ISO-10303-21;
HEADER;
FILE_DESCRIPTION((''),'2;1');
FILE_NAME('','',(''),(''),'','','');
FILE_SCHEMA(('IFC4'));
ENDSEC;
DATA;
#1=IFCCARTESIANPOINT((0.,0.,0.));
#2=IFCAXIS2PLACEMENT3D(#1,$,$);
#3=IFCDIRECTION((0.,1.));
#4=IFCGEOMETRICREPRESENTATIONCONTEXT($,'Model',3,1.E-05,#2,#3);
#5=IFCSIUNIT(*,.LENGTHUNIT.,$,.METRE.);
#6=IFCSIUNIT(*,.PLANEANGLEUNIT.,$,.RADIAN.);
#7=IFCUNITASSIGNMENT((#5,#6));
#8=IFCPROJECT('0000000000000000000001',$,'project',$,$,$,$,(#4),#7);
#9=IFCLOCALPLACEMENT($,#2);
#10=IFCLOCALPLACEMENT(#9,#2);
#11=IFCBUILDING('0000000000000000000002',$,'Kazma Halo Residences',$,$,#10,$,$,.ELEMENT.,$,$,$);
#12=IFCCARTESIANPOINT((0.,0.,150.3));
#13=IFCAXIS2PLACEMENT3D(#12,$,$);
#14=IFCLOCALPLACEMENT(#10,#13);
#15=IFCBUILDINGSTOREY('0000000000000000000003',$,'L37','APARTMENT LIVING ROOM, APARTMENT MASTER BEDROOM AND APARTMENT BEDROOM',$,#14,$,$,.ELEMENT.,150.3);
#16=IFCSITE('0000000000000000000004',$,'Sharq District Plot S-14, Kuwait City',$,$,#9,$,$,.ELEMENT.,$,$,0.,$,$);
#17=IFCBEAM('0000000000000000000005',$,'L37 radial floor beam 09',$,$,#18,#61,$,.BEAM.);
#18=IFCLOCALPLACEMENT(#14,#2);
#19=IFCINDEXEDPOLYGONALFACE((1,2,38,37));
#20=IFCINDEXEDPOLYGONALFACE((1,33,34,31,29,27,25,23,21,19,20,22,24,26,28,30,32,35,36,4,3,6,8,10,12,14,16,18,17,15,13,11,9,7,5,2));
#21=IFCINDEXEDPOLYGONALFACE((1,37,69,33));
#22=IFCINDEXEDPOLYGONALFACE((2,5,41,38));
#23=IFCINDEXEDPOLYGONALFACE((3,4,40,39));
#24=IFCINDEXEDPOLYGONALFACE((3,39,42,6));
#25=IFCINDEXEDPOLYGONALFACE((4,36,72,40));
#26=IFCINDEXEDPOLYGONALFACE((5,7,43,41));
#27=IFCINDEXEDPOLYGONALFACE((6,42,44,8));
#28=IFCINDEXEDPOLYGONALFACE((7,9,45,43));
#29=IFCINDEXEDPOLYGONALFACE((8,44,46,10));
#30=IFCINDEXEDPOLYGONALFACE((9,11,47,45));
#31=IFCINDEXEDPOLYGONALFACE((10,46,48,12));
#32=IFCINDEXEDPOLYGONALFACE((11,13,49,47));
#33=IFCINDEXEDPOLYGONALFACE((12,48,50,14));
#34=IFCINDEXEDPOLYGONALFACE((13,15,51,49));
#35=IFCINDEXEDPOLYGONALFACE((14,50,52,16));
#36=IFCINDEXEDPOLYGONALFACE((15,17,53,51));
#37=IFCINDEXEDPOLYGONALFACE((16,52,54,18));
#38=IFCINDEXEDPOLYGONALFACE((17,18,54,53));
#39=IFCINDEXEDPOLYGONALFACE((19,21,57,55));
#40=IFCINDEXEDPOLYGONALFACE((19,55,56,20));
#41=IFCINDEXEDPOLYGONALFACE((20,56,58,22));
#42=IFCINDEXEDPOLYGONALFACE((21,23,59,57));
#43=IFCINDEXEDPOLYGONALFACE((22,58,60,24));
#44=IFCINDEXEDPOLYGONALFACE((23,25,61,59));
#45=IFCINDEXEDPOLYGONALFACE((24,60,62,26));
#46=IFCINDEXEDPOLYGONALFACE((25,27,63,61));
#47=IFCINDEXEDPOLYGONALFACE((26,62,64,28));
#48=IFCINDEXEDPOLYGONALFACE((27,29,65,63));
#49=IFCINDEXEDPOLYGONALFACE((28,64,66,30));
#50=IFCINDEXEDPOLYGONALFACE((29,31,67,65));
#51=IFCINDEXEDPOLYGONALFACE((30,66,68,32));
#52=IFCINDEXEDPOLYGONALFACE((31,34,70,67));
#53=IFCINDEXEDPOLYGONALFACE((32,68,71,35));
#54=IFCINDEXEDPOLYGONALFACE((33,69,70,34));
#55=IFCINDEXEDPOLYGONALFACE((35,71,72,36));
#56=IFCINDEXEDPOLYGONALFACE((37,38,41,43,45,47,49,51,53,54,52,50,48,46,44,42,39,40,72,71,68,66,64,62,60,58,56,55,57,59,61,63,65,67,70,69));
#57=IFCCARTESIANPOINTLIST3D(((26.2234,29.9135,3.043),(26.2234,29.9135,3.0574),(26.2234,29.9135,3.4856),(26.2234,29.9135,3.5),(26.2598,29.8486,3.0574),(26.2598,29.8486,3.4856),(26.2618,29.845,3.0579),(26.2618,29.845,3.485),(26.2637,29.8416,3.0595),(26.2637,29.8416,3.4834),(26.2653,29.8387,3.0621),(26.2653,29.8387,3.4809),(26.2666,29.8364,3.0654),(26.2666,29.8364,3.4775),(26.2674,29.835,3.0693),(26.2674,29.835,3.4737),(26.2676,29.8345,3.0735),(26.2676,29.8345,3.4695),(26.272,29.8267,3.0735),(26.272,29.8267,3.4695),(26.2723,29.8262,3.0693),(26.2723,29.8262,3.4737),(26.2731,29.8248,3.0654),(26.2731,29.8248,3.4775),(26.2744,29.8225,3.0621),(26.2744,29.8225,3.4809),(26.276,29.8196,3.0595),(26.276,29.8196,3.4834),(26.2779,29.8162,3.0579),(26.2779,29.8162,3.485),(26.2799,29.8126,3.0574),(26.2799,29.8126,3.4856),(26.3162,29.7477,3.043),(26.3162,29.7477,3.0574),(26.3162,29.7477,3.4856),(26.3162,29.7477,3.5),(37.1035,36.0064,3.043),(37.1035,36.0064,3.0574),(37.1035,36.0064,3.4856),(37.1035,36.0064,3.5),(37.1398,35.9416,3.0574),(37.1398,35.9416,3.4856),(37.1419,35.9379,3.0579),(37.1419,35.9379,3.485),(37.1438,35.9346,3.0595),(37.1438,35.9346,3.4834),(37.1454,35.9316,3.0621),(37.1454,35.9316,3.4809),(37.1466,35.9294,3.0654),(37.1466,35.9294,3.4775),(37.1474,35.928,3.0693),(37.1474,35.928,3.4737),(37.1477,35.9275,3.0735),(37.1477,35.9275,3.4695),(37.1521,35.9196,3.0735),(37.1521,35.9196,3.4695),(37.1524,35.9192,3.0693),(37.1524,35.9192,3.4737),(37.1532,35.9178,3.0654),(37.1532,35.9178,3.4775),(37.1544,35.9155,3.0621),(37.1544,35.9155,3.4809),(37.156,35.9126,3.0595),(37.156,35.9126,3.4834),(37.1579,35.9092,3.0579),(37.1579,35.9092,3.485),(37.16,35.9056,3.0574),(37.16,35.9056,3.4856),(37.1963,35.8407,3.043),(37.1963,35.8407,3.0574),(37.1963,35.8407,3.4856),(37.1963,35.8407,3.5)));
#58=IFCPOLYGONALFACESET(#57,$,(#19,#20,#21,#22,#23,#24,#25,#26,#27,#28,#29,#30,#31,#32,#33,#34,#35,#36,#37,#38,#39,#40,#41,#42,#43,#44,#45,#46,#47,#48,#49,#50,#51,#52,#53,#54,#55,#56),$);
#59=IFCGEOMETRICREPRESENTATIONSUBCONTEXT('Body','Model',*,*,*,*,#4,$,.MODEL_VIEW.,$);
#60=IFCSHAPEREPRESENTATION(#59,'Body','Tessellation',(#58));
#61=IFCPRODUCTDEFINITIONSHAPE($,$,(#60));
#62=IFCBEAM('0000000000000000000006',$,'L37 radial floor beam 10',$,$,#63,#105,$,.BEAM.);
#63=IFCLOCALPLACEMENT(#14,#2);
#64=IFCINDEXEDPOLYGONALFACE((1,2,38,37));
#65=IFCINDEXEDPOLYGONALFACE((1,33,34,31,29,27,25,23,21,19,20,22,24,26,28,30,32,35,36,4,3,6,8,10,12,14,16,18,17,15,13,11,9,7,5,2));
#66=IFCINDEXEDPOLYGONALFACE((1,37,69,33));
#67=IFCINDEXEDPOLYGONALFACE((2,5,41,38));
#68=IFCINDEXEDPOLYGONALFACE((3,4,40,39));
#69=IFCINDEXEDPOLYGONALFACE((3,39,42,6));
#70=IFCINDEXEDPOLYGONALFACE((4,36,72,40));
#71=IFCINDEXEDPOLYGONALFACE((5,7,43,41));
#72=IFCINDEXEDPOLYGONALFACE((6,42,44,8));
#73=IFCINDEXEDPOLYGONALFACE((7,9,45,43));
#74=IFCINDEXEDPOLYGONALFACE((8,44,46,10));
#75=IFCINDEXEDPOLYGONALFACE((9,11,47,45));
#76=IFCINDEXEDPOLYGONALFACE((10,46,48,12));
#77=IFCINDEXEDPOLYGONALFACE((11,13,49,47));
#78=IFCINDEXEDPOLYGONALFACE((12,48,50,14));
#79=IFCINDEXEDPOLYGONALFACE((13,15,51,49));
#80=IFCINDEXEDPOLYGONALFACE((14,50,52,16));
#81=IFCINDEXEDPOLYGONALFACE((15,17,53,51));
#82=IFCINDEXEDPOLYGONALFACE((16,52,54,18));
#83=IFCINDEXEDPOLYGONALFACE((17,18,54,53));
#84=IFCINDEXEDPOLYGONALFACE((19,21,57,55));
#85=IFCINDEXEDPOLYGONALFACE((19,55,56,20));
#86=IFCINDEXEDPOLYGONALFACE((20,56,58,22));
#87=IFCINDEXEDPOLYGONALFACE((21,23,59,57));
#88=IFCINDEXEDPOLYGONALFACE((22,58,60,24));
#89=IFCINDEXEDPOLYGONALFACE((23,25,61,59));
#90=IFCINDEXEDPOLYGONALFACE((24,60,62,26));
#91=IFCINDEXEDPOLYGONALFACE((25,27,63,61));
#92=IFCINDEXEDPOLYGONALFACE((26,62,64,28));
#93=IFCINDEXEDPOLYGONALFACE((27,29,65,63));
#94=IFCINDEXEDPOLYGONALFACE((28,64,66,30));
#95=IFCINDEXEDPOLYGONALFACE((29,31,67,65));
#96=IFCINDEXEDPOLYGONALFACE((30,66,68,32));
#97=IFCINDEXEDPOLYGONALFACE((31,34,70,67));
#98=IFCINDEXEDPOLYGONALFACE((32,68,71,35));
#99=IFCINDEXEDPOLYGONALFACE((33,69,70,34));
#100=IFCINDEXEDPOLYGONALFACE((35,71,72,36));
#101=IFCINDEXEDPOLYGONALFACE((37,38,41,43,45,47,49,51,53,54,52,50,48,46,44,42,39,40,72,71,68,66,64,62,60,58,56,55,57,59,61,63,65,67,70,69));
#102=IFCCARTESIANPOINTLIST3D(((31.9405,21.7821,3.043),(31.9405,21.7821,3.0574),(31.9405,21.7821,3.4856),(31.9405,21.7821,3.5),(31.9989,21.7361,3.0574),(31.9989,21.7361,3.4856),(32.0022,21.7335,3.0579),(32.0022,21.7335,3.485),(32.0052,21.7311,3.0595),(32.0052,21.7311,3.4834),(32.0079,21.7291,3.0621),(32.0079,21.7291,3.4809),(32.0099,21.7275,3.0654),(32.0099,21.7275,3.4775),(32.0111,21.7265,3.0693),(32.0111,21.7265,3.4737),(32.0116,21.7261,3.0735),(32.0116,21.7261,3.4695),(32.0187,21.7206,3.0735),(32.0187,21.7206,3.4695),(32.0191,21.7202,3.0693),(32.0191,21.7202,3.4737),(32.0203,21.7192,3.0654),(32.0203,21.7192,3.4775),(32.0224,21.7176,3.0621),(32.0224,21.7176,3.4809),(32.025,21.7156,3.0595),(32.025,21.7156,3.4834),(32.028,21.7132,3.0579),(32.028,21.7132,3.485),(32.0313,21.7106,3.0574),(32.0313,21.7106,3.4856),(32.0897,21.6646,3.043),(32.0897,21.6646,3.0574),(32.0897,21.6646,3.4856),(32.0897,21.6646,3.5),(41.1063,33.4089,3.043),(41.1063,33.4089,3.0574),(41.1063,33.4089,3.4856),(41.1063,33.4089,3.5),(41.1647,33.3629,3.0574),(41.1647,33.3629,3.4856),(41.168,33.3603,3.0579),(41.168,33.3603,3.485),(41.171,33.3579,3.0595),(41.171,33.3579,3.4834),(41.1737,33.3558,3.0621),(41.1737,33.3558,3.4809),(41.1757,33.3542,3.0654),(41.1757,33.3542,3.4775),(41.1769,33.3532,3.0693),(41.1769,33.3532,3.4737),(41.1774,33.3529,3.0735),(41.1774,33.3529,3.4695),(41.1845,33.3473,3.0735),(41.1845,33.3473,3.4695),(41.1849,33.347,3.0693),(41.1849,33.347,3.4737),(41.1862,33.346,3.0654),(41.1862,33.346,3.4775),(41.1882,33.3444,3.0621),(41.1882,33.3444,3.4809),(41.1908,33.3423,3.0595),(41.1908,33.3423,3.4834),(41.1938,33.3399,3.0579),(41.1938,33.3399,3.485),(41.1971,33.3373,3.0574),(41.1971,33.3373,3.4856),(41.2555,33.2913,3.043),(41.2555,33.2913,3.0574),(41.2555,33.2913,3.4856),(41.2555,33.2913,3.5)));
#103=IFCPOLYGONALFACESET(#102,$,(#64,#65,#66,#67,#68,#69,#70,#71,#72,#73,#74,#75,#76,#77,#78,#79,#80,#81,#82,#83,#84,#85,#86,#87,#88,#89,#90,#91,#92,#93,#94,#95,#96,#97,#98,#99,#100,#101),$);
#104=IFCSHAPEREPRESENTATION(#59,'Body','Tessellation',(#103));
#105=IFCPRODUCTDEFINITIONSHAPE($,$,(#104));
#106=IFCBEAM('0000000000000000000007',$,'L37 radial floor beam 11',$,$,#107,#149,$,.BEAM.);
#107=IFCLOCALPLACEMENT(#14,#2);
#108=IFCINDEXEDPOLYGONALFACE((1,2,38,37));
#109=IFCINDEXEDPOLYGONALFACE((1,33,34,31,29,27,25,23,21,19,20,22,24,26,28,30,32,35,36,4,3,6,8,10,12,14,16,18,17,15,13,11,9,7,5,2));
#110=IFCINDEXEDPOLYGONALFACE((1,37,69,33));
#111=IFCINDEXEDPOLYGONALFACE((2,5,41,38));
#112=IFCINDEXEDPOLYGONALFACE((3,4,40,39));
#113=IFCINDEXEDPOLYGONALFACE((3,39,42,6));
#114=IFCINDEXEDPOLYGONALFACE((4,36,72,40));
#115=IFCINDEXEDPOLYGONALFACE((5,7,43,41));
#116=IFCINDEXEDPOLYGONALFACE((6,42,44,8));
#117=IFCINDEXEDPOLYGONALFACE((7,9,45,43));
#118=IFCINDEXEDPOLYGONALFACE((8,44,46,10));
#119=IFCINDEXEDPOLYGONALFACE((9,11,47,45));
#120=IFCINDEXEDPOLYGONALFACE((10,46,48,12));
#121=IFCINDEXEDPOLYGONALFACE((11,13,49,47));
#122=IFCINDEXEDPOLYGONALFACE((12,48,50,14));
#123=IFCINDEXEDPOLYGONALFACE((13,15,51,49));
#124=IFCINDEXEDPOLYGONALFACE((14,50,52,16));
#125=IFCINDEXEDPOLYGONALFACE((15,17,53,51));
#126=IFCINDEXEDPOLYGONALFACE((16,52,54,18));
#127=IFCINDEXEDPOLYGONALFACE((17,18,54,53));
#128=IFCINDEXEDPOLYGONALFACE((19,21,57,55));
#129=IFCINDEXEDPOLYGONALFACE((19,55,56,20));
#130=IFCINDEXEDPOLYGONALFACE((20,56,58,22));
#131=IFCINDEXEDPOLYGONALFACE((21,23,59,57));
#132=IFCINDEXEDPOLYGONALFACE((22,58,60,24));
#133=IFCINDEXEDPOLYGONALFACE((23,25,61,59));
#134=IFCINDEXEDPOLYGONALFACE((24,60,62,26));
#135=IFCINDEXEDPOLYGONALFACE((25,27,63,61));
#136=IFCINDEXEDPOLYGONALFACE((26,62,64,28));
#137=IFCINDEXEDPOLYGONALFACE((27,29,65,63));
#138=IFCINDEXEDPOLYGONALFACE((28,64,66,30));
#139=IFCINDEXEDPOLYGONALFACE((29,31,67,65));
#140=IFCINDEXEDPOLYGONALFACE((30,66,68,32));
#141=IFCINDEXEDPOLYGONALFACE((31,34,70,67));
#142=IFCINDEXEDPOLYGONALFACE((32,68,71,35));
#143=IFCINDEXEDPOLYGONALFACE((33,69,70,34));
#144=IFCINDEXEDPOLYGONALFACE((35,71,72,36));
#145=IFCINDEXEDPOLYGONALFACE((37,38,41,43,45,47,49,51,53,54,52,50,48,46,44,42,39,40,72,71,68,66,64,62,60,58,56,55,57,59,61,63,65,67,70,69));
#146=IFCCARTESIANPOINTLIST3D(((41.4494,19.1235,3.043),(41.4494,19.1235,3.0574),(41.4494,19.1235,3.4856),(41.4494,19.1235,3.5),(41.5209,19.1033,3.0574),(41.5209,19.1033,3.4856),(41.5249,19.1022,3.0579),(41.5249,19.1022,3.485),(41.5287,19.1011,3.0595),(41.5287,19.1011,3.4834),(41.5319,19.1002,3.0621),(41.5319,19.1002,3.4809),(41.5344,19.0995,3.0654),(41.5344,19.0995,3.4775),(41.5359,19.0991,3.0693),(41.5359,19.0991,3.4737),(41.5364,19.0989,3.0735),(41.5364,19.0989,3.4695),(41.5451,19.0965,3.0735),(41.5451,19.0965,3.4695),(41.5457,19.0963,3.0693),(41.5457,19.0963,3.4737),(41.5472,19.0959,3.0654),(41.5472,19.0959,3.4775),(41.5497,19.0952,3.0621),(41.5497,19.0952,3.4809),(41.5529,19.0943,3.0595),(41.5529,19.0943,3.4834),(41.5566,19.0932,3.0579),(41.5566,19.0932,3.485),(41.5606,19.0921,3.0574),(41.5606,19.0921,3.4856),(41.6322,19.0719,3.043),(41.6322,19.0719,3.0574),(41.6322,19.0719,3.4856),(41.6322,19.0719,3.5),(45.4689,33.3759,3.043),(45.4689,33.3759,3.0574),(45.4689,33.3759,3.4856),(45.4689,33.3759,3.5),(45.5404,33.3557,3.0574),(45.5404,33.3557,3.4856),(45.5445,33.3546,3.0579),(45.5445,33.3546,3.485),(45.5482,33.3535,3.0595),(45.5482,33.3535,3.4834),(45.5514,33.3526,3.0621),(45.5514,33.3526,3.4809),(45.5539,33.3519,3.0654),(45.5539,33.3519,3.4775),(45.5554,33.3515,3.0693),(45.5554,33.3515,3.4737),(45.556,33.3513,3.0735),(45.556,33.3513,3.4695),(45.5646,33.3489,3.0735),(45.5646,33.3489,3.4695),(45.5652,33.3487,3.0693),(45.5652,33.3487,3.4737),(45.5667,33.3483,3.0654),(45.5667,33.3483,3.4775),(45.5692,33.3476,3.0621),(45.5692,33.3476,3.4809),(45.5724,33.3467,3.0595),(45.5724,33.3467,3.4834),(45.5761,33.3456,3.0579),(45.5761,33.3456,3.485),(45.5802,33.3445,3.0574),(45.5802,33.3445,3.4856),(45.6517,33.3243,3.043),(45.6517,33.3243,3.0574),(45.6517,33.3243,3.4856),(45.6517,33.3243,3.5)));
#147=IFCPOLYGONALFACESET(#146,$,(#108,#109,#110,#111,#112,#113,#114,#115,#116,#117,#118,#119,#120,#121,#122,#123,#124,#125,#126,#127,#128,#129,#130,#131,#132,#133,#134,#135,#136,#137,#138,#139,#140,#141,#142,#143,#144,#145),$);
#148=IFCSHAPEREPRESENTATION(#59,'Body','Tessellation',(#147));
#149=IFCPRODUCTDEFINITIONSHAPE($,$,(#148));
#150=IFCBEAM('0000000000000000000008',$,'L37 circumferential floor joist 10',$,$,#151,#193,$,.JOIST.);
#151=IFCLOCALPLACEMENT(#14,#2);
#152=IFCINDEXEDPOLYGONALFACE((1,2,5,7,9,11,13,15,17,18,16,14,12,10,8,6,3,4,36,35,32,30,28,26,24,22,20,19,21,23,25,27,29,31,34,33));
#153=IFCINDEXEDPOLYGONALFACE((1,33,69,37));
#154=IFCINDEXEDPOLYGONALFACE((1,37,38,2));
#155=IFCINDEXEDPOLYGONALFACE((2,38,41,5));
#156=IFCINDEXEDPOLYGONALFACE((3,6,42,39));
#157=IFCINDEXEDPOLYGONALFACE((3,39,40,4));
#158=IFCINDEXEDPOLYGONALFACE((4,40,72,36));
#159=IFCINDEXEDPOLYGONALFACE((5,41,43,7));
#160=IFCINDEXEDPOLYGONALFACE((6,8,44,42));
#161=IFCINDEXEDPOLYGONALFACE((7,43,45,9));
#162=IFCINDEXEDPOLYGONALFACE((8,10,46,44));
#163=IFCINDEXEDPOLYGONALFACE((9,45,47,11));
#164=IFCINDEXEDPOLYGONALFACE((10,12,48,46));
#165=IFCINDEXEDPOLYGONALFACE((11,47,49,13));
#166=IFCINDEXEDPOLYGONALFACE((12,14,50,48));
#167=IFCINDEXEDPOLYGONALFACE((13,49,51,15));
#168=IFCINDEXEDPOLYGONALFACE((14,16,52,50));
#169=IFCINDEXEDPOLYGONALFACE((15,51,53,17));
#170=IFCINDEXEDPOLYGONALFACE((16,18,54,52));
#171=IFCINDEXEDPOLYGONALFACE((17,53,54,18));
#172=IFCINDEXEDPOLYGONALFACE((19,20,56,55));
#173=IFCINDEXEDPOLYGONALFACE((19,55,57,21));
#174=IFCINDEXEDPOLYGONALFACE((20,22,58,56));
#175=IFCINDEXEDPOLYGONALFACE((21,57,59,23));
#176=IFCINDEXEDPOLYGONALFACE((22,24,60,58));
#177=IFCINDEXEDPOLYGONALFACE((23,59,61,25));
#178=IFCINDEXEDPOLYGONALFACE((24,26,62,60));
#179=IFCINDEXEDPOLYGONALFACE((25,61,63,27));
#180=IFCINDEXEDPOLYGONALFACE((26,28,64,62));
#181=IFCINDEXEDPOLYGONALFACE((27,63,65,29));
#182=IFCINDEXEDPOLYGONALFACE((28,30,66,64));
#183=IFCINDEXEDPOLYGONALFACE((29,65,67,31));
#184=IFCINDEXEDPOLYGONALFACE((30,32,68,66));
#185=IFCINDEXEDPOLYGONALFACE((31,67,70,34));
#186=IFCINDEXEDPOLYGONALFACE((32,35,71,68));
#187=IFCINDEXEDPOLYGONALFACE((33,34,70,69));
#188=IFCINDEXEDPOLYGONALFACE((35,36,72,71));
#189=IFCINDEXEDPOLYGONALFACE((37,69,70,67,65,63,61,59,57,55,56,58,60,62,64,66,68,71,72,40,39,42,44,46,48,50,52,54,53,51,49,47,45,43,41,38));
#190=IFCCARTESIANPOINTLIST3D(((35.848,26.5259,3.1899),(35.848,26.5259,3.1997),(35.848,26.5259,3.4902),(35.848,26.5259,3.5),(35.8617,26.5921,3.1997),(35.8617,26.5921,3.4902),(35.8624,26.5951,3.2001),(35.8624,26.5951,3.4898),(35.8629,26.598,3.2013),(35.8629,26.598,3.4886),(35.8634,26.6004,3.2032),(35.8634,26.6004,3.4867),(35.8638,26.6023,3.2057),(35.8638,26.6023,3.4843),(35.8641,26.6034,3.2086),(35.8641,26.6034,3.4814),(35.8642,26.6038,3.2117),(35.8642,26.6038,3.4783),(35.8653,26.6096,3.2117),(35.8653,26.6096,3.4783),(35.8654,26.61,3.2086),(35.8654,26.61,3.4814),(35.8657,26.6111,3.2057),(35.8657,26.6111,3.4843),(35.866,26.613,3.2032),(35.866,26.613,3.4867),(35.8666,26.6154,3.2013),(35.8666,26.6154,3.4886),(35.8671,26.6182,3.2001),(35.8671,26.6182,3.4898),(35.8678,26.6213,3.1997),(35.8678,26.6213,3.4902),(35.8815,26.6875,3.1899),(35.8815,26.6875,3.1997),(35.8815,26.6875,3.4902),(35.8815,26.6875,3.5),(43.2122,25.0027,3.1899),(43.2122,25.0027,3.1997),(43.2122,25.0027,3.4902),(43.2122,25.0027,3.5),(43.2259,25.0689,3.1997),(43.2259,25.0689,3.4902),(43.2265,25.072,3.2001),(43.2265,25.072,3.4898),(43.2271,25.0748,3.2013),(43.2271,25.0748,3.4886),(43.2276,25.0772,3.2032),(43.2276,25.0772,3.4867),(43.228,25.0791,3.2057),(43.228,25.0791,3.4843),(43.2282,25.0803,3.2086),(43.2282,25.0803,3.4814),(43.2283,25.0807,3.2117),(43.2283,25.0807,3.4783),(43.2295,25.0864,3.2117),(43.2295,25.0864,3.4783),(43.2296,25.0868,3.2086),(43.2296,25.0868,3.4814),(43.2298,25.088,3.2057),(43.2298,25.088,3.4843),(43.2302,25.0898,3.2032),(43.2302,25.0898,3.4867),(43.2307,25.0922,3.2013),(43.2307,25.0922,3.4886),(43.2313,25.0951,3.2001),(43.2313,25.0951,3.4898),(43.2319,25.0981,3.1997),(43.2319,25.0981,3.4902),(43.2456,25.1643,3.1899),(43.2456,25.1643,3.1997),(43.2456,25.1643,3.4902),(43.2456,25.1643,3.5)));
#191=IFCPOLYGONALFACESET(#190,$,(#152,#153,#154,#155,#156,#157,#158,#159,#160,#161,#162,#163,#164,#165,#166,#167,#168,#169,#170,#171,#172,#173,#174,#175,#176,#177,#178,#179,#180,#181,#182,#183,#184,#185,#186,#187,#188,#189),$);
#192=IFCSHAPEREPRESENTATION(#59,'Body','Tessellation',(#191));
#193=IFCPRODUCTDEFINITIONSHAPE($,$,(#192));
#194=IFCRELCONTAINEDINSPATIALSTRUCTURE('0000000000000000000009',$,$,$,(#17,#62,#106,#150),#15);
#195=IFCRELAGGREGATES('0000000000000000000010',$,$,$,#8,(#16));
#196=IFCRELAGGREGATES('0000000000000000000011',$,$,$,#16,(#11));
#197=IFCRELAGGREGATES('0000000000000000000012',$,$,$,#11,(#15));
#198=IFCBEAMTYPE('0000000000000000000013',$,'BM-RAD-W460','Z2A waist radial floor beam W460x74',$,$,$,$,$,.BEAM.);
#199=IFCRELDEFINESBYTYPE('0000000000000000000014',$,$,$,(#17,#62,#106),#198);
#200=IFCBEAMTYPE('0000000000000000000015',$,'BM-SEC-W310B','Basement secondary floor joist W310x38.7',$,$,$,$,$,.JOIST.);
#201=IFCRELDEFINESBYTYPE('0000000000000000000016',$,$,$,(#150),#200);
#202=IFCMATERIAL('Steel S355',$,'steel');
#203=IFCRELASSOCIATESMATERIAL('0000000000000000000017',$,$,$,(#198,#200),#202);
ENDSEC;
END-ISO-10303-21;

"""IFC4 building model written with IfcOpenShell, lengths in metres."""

from ifc_helpers import new_model, si_unit, direction, frame, origin, origin_2d, place, context, subcontext, project, spatial, i_section, extrude, material, material_profile, profile_set, type_object, element, save


model = new_model("IFC4")

# Units and contexts
model_context = context("Model", 3, precision=1e-05, world=origin(), true_north=direction((0.0, 1.0)))
body_context = subcontext(model_context, "Body", "Model", "MODEL_VIEW")
ifc_project = project(units=[si_unit("LENGTHUNIT", "METRE"), si_unit("PLANEANGLEUNIT", "RADIAN")], contexts=[model_context])

# Site, building, storey
site_placement = place(None, origin())
site = spatial("IfcSite", under=ifc_project, at=site_placement, Name="Sharq District Plot S-14, Kuwait City", CompositionType="ELEMENT", RefElevation=0.0)
building_placement = place(site_placement, origin())
building = spatial("IfcBuilding", under=site, at=building_placement, Name="Kazma Halo Residences", CompositionType="ELEMENT")
storey_placement = place(building_placement, frame((0.0, 0.0, 150.3)))
storey = spatial("IfcBuildingStorey", under=building, at=storey_placement, Name="L37", Description="APARTMENT LIVING ROOM, APARTMENT MASTER BEDROOM AND APARTMENT BEDROOM", CompositionType="ELEMENT", Elevation=150.3)

# Beams
ifc_material_1 = material(Name="Steel S355", Category="steel")
ifc_material_profile_1 = material_profile(ifc_material_1, i_section(OverallWidth=0.1899, OverallDepth=0.457, WebThickness=0.009, FlangeThickness=0.0144, FilletRadius=0.0161, at=origin_2d()), Name="W460x74")
ifc_profile_set_1 = profile_set([ifc_material_profile_1], Name="Steel S355")
beam_type_1 = type_object("IfcBeamType", Name="BM-RAD-W460", Description="Z2A waist radial floor beam W460x74", PredefinedType="BEAM", material=ifc_profile_set_1)
beam_1_placement = place(storey_placement, frame((37.1499, 35.9236, 3.2715), z_axis=(-0.872501, -0.488612, 0.0), x_axis=(0.488612, -0.872501, 0.0)))
element("IfcBeam", 1, at=beam_1_placement, inside=storey, type_object=beam_type_1, Name="L37 radial floor beam 09", PredefinedType="BEAM", context=body_context, shape_type="SweptSolid", body=[
    extrude(i_section(OverallWidth=0.1899, OverallDepth=0.457, WebThickness=0.009, FlangeThickness=0.0144, FilletRadius=0.0161, at=origin_2d()), origin(), (0.0, 0.0, 1.0), 12.47),
])
beam_2_placement = place(storey_placement, frame((41.1809, 33.3501, 3.2715), z_axis=(-0.619094, -0.785316, 0.0), x_axis=(0.785316, -0.619094, 0.0)))
element("IfcBeam", 2, at=beam_2_placement, inside=storey, type_object=beam_type_1, Name="L37 radial floor beam 10", PredefinedType="BEAM", context=body_context, shape_type="SweptSolid", body=[
    extrude(i_section(OverallWidth=0.1899, OverallDepth=0.457, WebThickness=0.009, FlangeThickness=0.0144, FilletRadius=0.0161, at=origin_2d()), origin(), (0.0, 0.0, 1.0), 14.8052),
])
beam_3_placement = place(storey_placement, frame((45.5603, 33.3501, 3.2715), z_axis=(-0.271436, -0.962457, 0.0), x_axis=(0.962457, -0.271436, 0.0)))
element("IfcBeam", 3, at=beam_3_placement, inside=storey, type_object=beam_type_1, Name="L37 radial floor beam 11", PredefinedType="BEAM", context=body_context, shape_type="SweptSolid", body=[
    extrude(i_section(OverallWidth=0.1899, OverallDepth=0.457, WebThickness=0.009, FlangeThickness=0.0144, FilletRadius=0.0161, at=origin_2d()), origin(), (0.0, 0.0, 1.0), 14.8083),
])
ifc_material_profile_2 = material_profile(ifc_material_1, i_section(OverallWidth=0.165, OverallDepth=0.3101, WebThickness=0.0059, FlangeThickness=0.0098, FilletRadius=0.012, at=origin_2d()), Name="W310x38.7")
ifc_profile_set_2 = profile_set([ifc_material_profile_2], Name="Steel S355")
beam_type_2 = type_object("IfcBeamType", Name="BM-SEC-W310B", Description="Basement secondary floor joist W310x38.7", PredefinedType="JOIST", material=ifc_profile_set_2)
beam_4_placement = place(storey_placement, frame((35.8647, 26.6067, 3.345), z_axis=(0.979272, -0.202549, 0.0), x_axis=(0.202549, 0.979272, 0.0)))
element("IfcBeam", 4, at=beam_4_placement, inside=storey, type_object=beam_type_2, Name="L37 circumferential floor joist 10", PredefinedType="JOIST", context=body_context, shape_type="SweptSolid", body=[
    extrude(i_section(OverallWidth=0.165, OverallDepth=0.3101, WebThickness=0.0059, FlangeThickness=0.0098, FilletRadius=0.012, at=origin_2d()), origin(), (0.0, 0.0, 1.0), 7.52),
])

save(model, "model.ifc")
